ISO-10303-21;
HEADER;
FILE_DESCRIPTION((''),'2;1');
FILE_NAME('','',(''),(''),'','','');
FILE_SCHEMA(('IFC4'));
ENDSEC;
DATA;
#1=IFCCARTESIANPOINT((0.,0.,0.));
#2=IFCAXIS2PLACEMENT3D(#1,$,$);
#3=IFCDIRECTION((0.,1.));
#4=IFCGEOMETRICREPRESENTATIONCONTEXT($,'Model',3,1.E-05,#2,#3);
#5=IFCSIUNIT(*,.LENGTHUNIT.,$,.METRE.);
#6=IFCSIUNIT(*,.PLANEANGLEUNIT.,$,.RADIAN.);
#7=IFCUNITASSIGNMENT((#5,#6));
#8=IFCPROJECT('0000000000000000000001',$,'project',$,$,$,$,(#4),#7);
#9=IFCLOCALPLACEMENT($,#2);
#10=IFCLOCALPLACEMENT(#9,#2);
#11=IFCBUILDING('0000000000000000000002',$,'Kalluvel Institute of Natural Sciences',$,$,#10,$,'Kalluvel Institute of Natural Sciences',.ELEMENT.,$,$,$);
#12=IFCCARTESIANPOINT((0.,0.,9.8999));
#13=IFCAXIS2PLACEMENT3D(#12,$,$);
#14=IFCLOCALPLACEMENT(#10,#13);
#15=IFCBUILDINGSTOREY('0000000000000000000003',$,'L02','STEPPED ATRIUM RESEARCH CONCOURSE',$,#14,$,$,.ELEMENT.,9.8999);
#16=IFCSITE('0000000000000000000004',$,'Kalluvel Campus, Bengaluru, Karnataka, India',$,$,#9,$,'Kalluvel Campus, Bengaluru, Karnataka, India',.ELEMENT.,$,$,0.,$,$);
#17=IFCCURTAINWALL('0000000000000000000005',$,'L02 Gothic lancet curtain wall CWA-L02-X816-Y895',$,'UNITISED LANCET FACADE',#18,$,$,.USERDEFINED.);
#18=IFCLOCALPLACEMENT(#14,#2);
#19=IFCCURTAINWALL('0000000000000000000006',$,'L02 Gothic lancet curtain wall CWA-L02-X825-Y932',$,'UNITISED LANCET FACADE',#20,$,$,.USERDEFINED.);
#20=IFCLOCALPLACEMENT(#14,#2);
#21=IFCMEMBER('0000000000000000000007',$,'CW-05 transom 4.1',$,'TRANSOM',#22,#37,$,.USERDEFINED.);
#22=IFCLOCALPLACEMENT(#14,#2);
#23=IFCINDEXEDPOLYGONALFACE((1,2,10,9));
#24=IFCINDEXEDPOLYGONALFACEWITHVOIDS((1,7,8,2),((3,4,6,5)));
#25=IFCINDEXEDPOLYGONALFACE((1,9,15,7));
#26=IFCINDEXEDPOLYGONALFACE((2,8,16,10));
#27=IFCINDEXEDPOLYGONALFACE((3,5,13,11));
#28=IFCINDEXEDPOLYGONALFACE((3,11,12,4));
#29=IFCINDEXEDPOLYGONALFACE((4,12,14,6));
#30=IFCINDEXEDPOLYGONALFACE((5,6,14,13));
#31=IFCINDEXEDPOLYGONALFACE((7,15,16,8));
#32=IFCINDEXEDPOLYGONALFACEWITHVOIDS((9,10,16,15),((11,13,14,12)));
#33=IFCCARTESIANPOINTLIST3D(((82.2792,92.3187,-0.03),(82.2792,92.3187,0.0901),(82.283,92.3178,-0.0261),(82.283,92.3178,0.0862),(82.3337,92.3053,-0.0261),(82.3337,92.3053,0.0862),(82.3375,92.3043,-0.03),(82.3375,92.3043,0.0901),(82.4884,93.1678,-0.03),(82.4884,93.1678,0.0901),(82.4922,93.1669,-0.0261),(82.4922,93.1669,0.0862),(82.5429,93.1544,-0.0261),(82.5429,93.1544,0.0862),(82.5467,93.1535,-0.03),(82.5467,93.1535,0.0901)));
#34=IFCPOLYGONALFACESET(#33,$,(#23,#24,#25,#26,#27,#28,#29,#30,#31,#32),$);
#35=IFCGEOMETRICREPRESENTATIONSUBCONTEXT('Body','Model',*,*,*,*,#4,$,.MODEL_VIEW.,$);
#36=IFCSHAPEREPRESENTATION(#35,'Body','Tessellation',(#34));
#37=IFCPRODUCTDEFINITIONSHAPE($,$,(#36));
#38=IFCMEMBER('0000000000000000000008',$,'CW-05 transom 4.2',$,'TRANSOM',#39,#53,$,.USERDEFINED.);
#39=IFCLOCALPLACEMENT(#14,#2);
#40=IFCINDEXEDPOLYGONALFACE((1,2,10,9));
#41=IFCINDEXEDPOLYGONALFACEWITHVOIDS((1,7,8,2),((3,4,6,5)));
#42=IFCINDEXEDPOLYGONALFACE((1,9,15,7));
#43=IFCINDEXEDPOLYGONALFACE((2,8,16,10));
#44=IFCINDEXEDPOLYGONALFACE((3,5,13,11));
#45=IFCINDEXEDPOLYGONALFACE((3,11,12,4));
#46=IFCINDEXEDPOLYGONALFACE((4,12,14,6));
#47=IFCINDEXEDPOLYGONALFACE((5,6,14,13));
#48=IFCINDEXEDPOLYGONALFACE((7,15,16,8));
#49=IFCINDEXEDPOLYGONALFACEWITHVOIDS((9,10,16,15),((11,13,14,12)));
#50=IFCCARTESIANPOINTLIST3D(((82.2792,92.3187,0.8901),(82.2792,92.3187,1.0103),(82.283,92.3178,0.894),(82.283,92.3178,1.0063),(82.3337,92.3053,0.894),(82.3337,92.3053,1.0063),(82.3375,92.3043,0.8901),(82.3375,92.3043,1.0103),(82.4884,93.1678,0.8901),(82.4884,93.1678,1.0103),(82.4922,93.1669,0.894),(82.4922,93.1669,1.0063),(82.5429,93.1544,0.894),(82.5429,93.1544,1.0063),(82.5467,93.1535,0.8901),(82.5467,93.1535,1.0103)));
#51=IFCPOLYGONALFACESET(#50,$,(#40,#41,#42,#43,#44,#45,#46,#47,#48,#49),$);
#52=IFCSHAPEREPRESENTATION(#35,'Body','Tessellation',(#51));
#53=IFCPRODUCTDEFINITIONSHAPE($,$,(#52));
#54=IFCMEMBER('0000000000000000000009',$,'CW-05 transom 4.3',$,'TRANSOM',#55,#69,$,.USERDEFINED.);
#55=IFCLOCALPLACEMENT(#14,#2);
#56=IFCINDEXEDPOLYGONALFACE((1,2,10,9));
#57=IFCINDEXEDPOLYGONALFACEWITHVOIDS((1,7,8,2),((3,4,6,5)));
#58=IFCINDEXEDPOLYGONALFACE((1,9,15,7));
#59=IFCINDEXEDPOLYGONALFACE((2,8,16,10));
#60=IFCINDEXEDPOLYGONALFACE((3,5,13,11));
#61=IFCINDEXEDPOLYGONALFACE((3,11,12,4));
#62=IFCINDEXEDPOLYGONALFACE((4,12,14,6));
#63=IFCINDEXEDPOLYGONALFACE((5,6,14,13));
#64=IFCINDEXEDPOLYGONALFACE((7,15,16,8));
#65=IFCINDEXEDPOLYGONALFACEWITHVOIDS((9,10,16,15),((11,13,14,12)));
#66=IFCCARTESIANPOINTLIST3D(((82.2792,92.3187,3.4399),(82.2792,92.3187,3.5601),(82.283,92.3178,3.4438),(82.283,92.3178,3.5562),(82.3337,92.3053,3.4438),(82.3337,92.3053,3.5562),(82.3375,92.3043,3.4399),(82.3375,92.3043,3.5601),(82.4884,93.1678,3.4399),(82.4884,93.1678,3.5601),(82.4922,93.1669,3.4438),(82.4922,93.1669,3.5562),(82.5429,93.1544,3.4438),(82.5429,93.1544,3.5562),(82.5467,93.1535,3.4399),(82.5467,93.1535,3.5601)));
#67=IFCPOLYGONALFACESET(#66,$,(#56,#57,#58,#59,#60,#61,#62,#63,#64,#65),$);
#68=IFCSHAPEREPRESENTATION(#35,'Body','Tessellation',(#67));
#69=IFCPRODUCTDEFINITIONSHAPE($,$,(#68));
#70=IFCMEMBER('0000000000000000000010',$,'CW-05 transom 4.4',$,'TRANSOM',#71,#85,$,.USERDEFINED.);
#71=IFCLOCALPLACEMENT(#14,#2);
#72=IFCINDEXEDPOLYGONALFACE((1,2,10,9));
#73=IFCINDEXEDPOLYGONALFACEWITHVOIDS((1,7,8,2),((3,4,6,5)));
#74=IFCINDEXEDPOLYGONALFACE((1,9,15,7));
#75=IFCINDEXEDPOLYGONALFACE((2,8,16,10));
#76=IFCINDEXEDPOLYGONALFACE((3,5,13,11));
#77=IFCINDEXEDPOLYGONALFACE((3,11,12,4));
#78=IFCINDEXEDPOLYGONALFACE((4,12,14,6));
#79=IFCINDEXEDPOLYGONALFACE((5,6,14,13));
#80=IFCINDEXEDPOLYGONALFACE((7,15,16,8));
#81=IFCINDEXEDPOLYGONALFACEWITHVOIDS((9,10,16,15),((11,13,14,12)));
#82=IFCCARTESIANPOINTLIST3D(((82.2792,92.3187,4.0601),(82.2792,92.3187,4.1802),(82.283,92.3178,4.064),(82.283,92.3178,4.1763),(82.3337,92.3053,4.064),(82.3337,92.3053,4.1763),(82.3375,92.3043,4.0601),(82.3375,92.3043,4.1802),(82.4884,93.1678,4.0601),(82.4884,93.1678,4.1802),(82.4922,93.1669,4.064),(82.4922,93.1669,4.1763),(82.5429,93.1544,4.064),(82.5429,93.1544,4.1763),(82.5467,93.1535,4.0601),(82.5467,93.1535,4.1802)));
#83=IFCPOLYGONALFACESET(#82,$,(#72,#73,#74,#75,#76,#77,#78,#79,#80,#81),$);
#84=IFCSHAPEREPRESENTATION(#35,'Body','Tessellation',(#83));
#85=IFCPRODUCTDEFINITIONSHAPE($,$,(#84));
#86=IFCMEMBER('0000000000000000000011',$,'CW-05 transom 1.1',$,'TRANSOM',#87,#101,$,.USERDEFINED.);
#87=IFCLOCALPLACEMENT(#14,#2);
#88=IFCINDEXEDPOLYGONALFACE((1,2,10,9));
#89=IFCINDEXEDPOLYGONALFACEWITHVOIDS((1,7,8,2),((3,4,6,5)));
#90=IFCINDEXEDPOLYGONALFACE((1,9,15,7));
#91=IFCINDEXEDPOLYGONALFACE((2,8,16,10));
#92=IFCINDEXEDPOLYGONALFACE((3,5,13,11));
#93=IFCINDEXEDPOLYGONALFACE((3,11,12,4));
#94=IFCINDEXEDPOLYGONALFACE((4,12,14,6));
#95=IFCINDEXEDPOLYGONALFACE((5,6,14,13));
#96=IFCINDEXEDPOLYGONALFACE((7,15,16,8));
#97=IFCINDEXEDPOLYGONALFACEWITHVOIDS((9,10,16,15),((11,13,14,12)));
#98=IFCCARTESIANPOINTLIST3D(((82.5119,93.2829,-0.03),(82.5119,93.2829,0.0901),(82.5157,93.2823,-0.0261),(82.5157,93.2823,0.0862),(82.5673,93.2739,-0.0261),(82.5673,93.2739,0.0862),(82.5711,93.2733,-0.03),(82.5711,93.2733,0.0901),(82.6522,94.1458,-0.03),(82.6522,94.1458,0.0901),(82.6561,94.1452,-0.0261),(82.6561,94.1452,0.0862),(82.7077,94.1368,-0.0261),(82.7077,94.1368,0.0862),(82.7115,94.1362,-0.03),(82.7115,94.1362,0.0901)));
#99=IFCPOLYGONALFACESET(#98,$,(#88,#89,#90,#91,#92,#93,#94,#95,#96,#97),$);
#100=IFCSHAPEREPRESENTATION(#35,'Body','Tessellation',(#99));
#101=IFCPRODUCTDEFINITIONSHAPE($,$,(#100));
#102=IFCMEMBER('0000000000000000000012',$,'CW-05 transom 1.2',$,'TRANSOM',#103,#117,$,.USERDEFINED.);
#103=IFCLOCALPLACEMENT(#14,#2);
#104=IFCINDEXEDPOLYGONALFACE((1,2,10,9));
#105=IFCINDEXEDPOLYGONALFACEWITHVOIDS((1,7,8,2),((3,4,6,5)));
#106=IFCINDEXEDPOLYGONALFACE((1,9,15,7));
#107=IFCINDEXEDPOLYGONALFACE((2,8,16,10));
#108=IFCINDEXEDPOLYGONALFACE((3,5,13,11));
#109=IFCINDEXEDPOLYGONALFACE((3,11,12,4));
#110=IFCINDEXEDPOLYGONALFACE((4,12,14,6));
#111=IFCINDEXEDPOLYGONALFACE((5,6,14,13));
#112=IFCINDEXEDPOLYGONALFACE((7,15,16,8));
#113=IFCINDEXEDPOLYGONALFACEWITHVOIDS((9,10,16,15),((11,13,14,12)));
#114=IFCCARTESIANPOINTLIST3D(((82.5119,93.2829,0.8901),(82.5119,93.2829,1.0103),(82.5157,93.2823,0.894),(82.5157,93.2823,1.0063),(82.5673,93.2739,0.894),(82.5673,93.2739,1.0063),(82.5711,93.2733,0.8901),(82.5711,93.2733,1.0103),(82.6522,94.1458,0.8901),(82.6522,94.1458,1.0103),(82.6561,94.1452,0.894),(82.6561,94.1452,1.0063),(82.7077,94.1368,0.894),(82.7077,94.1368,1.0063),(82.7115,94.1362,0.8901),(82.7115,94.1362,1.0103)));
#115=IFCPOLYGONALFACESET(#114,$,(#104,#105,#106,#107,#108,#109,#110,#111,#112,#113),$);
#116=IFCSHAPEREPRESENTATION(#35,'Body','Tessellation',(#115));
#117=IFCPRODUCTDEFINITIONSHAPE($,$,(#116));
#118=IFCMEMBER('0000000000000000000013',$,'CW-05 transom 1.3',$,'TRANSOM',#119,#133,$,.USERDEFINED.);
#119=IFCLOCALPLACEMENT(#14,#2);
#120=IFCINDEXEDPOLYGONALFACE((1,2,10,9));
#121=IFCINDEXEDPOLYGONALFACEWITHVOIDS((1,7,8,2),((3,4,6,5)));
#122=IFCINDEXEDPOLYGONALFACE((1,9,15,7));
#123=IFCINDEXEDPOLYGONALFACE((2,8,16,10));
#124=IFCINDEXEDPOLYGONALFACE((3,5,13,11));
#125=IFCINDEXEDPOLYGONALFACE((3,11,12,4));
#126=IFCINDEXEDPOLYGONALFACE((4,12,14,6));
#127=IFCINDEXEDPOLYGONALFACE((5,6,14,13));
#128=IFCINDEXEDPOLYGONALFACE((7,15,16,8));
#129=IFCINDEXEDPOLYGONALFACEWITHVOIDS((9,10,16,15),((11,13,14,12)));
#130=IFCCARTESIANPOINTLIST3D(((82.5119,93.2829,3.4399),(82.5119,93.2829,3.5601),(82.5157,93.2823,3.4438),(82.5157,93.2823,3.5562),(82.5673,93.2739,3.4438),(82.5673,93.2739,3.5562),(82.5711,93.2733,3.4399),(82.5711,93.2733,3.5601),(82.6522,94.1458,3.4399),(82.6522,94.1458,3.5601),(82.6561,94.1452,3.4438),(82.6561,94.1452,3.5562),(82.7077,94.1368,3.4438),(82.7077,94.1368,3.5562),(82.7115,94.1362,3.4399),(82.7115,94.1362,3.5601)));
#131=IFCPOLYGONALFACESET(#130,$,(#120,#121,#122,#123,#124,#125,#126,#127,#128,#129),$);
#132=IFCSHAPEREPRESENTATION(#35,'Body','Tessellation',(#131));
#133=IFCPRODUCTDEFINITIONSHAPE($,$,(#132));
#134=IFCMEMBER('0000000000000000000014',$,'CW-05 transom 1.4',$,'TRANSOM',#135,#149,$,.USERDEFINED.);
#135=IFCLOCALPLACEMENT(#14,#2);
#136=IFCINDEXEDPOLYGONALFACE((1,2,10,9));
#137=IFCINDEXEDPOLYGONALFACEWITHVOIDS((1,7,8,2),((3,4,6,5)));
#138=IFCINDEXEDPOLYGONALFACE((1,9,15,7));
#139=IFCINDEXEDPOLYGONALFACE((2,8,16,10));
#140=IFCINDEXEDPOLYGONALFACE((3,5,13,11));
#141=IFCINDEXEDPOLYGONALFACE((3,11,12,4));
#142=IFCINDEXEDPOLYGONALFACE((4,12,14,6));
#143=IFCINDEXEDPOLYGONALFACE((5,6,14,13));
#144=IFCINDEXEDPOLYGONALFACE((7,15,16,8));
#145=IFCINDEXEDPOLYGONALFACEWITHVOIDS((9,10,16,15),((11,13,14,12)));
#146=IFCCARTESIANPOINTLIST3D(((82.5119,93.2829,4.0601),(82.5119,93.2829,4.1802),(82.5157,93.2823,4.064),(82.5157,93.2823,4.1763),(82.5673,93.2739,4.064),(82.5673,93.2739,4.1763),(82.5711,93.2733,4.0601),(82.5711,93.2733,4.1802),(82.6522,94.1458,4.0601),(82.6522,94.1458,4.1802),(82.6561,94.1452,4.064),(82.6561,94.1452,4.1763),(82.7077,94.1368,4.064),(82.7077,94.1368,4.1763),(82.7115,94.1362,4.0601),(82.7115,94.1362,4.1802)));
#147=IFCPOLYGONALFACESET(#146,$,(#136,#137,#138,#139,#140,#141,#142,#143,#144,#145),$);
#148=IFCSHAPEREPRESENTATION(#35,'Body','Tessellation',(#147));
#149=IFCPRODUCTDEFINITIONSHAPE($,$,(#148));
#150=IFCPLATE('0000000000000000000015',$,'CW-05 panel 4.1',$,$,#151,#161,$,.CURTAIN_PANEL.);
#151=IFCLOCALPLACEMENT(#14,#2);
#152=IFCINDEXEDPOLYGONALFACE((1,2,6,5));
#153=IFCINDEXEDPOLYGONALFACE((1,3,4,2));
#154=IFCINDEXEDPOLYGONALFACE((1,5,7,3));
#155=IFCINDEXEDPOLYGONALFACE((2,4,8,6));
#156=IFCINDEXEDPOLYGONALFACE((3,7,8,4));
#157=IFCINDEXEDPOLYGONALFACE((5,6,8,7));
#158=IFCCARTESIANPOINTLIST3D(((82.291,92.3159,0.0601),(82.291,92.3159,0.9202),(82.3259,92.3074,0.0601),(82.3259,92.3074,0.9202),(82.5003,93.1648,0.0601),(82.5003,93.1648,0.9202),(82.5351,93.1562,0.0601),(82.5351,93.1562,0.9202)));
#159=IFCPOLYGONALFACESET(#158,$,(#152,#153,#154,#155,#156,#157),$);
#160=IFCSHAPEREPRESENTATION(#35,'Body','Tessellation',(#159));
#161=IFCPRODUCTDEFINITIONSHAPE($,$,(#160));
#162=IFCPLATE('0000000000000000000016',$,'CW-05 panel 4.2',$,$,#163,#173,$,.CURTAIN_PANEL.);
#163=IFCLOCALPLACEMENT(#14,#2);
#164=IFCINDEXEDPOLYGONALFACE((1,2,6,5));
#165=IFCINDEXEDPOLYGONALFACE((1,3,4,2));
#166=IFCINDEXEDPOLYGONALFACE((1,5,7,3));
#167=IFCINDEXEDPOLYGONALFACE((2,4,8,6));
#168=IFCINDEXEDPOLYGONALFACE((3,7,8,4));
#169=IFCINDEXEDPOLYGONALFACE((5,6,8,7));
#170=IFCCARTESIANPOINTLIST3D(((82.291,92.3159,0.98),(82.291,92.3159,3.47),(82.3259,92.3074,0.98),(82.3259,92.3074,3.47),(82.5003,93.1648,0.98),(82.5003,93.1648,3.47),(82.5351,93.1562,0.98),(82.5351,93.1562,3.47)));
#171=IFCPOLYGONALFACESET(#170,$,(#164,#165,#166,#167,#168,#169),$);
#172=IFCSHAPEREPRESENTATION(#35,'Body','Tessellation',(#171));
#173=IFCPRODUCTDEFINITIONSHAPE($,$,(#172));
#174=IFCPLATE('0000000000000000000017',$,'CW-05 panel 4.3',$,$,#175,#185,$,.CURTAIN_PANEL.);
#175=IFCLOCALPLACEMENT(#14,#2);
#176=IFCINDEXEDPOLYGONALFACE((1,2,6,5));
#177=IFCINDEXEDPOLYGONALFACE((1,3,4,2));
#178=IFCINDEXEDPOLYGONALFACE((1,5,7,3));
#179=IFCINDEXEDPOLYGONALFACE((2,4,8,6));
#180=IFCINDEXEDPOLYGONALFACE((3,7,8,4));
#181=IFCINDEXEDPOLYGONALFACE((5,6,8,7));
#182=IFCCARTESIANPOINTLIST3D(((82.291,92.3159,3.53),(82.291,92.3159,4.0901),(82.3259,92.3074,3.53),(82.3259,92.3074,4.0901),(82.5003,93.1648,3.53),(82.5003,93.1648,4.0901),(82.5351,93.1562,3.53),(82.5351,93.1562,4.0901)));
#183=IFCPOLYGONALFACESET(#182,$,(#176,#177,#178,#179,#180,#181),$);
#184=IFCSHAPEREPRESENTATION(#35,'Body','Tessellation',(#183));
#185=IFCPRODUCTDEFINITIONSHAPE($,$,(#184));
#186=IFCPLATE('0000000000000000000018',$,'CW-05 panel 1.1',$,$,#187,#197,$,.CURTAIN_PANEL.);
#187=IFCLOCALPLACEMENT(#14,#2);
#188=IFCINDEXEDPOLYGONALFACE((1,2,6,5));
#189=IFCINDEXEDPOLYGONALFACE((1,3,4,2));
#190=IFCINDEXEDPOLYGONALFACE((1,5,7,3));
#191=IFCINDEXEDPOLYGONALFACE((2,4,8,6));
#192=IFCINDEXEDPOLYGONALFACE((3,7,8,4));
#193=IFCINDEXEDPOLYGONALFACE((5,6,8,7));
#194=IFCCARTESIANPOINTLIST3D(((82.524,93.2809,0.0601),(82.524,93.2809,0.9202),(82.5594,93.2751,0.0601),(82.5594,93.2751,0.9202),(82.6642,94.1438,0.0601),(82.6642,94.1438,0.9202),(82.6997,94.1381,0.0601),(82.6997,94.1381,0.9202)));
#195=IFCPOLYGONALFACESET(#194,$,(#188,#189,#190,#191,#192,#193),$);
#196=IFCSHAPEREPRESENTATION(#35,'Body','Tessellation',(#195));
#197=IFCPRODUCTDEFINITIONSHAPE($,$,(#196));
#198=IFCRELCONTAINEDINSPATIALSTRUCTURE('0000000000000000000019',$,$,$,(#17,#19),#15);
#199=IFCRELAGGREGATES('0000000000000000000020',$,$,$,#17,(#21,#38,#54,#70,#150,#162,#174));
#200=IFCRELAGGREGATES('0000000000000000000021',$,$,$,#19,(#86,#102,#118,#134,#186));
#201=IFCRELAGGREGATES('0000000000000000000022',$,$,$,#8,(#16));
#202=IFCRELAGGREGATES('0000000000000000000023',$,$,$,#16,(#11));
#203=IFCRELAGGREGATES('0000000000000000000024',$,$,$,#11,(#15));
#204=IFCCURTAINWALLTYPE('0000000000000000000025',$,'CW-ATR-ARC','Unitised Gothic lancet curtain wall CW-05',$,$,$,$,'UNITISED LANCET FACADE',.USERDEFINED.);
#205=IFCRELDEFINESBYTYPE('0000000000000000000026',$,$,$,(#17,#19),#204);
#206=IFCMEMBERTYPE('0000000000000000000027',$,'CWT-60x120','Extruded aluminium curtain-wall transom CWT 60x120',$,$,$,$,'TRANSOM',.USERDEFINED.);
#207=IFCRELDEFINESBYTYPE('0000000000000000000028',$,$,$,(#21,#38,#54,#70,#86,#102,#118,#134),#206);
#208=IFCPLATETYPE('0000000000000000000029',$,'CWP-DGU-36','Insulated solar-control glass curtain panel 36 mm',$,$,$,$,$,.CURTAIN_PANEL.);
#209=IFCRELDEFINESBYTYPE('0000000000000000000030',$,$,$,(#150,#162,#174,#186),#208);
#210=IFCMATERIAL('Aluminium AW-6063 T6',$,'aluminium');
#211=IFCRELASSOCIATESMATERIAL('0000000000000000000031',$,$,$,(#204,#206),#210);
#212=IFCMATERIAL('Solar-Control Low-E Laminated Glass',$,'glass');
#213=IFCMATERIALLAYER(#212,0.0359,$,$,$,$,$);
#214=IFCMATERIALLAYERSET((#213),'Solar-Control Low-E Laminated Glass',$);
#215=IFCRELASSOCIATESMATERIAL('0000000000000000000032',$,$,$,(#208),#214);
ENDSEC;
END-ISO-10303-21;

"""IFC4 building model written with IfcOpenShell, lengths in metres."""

from ifc_helpers import new_model, si_unit, direction, frame, origin, origin_2d, place, context, subcontext, project, spatial, rectangle, hollow_rectangle, extrude, material, layer, layer_set, material_profile, profile_set, type_object, element, aggregate, save


model = new_model("IFC4")

# Units and contexts
model_context = context("Model", 3, precision=1e-05, world=origin(), true_north=direction((0.0, 1.0)))
body_context = subcontext(model_context, "Body", "Model", "MODEL_VIEW")
ifc_project = project(units=[si_unit("LENGTHUNIT", "METRE"), si_unit("PLANEANGLEUNIT", "RADIAN")], contexts=[model_context])

# Site, building, storey
site_placement = place(None, origin())
site = spatial("IfcSite", under=ifc_project, at=site_placement, Name="Kalluvel Campus, Bengaluru, Karnataka, India", LongName="Kalluvel Campus, Bengaluru, Karnataka, India", CompositionType="ELEMENT", RefElevation=0.0)
building_placement = place(site_placement, origin())
building = spatial("IfcBuilding", under=site, at=building_placement, Name="Kalluvel Institute of Natural Sciences", LongName="Kalluvel Institute of Natural Sciences", CompositionType="ELEMENT")
storey_placement = place(building_placement, frame((0.0, 0.0, 9.8999)))
storey = spatial("IfcBuildingStorey", under=building, at=storey_placement, Name="L02", Description="STEPPED ATRIUM RESEARCH CONCOURSE", CompositionType="ELEMENT", Elevation=9.8999)

# Curtain wall
ifc_material_1 = material(Name="Aluminium AW-6063 T6", Category="aluminium")
curtain_wall_type = type_object("IfcCurtainWallType", Name="CW-ATR-ARC", Description="Unitised Gothic lancet curtain wall CW-05", ElementType="UNITISED LANCET FACADE", PredefinedType="USERDEFINED", material=ifc_material_1)
curtain_wall_1_placement = place(storey_placement, origin())
curtain_wall_1 = element("IfcCurtainWall", 1, at=curtain_wall_1_placement, inside=storey, type_object=curtain_wall_type, Name="L02 Gothic lancet curtain wall CWA-L02-X816-Y895", ObjectType="UNITISED LANCET FACADE", PredefinedType="USERDEFINED")

# Curtain wall
curtain_wall_2_placement = place(storey_placement, origin())
curtain_wall_2 = element("IfcCurtainWall", 2, at=curtain_wall_2_placement, inside=storey, type_object=curtain_wall_type, Name="L02 Gothic lancet curtain wall CWA-L02-X825-Y932", ObjectType="UNITISED LANCET FACADE", PredefinedType="USERDEFINED")

# Members
ifc_material_profile_1 = material_profile(ifc_material_1, hollow_rectangle(XDim=0.0601, YDim=0.1201, WallThickness=0.0039, at=origin_2d()), Name="CWT 60x120")
ifc_profile_set_1 = profile_set([ifc_material_profile_1], Name="Aluminium AW-6063 T6")
member_type_1 = type_object("IfcMemberType", Name="CWT-60x120", Description="Extruded aluminium curtain-wall transom CWT 60x120", ElementType="TRANSOM", PredefinedType="USERDEFINED", material=ifc_profile_set_1)
member_1_placement = place(storey_placement, frame((82.3083, 92.3115, 0.03), z_axis=(0.23925, 0.970958, 0.0), x_axis=(-0.970958, 0.23925, 0.0)))
member_1 = element("IfcMember", 3, at=member_1_placement, type_object=member_type_1, Name="CW-05 transom 4.1", ObjectType="TRANSOM", PredefinedType="USERDEFINED", context=body_context, shape_type="SweptSolid", body=[
    extrude(hollow_rectangle(XDim=0.0601, YDim=0.1201, WallThickness=0.0039, at=origin_2d()), origin(), (0.0, 0.0, 1.0), 0.8745),
])
member_2_placement = place(storey_placement, frame((82.3083, 92.3115, 0.9502), z_axis=(0.23925, 0.970958, 0.0), x_axis=(-0.970958, 0.23925, 0.0)))
member_2 = element("IfcMember", 4, at=member_2_placement, type_object=member_type_1, Name="CW-05 transom 4.2", ObjectType="TRANSOM", PredefinedType="USERDEFINED", context=body_context, shape_type="SweptSolid", body=[
    extrude(hollow_rectangle(XDim=0.0601, YDim=0.1201, WallThickness=0.0039, at=origin_2d()), origin(), (0.0, 0.0, 1.0), 0.8745),
])
member_3_placement = place(storey_placement, frame((82.3083, 92.3115, 3.5), z_axis=(0.23925, 0.970958, 0.0), x_axis=(-0.970958, 0.23925, 0.0)))
member_3 = element("IfcMember", 5, at=member_3_placement, type_object=member_type_1, Name="CW-05 transom 4.3", ObjectType="TRANSOM", PredefinedType="USERDEFINED", context=body_context, shape_type="SweptSolid", body=[
    extrude(hollow_rectangle(XDim=0.0601, YDim=0.1201, WallThickness=0.0039, at=origin_2d()), origin(), (0.0, 0.0, 1.0), 0.8745),
])
member_4_placement = place(storey_placement, frame((82.3083, 92.3115, 4.1201), z_axis=(0.23925, 0.970958, 0.0), x_axis=(-0.970958, 0.23925, 0.0)))
member_4 = element("IfcMember", 6, at=member_4_placement, type_object=member_type_1, Name="CW-05 transom 4.4", ObjectType="TRANSOM", PredefinedType="USERDEFINED", context=body_context, shape_type="SweptSolid", body=[
    extrude(hollow_rectangle(XDim=0.0601, YDim=0.1201, WallThickness=0.0039, at=origin_2d()), origin(), (0.0, 0.0, 1.0), 0.8745),
])
member_5_placement = place(storey_placement, frame((82.5415, 93.2781, 0.03), z_axis=(0.160549, 0.987028, 0.0), x_axis=(-0.987028, 0.160549, 0.0)))
member_5 = element("IfcMember", 7, at=member_5_placement, type_object=member_type_1, Name="CW-05 transom 1.1", ObjectType="TRANSOM", PredefinedType="USERDEFINED", context=body_context, shape_type="SweptSolid", body=[
    extrude(hollow_rectangle(XDim=0.0601, YDim=0.1201, WallThickness=0.0039, at=origin_2d()), origin(), (0.0, 0.0, 1.0), 0.8743),
])
member_6_placement = place(storey_placement, frame((82.5415, 93.2781, 0.9502), z_axis=(0.160549, 0.987028, 0.0), x_axis=(-0.987028, 0.160549, 0.0)))
member_6 = element("IfcMember", 8, at=member_6_placement, type_object=member_type_1, Name="CW-05 transom 1.2", ObjectType="TRANSOM", PredefinedType="USERDEFINED", context=body_context, shape_type="SweptSolid", body=[
    extrude(hollow_rectangle(XDim=0.0601, YDim=0.1201, WallThickness=0.0039, at=origin_2d()), origin(), (0.0, 0.0, 1.0), 0.8743),
])
member_7_placement = place(storey_placement, frame((82.5415, 93.2781, 3.5), z_axis=(0.160549, 0.987028, 0.0), x_axis=(-0.987028, 0.160549, 0.0)))
member_7 = element("IfcMember", 9, at=member_7_placement, type_object=member_type_1, Name="CW-05 transom 1.3", ObjectType="TRANSOM", PredefinedType="USERDEFINED", context=body_context, shape_type="SweptSolid", body=[
    extrude(hollow_rectangle(XDim=0.0601, YDim=0.1201, WallThickness=0.0039, at=origin_2d()), origin(), (0.0, 0.0, 1.0), 0.8743),
])
member_8_placement = place(storey_placement, frame((82.5415, 93.2781, 4.1201), z_axis=(0.160549, 0.987028, 0.0), x_axis=(-0.987028, 0.160549, 0.0)))
member_8 = element("IfcMember", 10, at=member_8_placement, type_object=member_type_1, Name="CW-05 transom 1.4", ObjectType="TRANSOM", PredefinedType="USERDEFINED", context=body_context, shape_type="SweptSolid", body=[
    extrude(hollow_rectangle(XDim=0.0601, YDim=0.1201, WallThickness=0.0039, at=origin_2d()), origin(), (0.0, 0.0, 1.0), 0.8743),
])

# Plates
ifc_material_2 = material(Name="Solar-Control Low-E Laminated Glass", Category="glass")
ifc_layer_1 = layer(ifc_material_2, 0.0359)
ifc_layer_set_1 = layer_set([ifc_layer_1], Name="Solar-Control Low-E Laminated Glass")
plate_type = type_object("IfcPlateType", Name="CWP-DGU-36", Description="Insulated solar-control glass curtain panel 36 mm", PredefinedType="CURTAIN_PANEL", material=ifc_layer_set_1)
plate_1_placement = place(storey_placement, frame((82.4131, 92.7361, 0.0601), z_axis=(0.0, 0.0, 1.0), x_axis=(0.239326, 0.970939, 0.0)))
plate_1 = element("IfcPlate", 11, at=plate_1_placement, type_object=plate_type, Name="CW-05 panel 4.1", PredefinedType="CURTAIN_PANEL", context=body_context, shape_type="SweptSolid", body=[
    extrude(rectangle(XDim=0.8743, YDim=0.0359, at=origin_2d()), origin(), (0.0, 0.0, 1.0), 0.8601),
])
plate_2_placement = place(storey_placement, frame((82.4131, 92.7361, 0.98), z_axis=(0.0, 0.0, 1.0), x_axis=(0.239326, 0.970939, 0.0)))
plate_2 = element("IfcPlate", 12, at=plate_2_placement, type_object=plate_type, Name="CW-05 panel 4.2", PredefinedType="CURTAIN_PANEL", context=body_context, shape_type="SweptSolid", body=[
    extrude(rectangle(XDim=0.8743, YDim=0.0359, at=origin_2d()), origin(), (0.0, 0.0, 1.0), 2.49),
])
plate_3_placement = place(storey_placement, frame((82.4131, 92.7361, 3.53), z_axis=(0.0, 0.0, 1.0), x_axis=(0.239326, 0.970939, 0.0)))
plate_3 = element("IfcPlate", 13, at=plate_3_placement, type_object=plate_type, Name="CW-05 panel 4.3", PredefinedType="CURTAIN_PANEL", context=body_context, shape_type="SweptSolid", body=[
    extrude(rectangle(XDim=0.8743, YDim=0.0359, at=origin_2d()), origin(), (0.0, 0.0, 1.0), 0.5601),
])
aggregate(curtain_wall_1, [member_1, member_2, member_3, member_4, plate_1, plate_2, plate_3])
plate_4_placement = place(storey_placement, frame((82.6118, 93.7095, 0.0601), z_axis=(0.0, 0.0, 1.0), x_axis=(0.160417, 0.987049, 0.0)))
plate_4 = element("IfcPlate", 14, at=plate_4_placement, type_object=plate_type, Name="CW-05 panel 1.1", PredefinedType="CURTAIN_PANEL", context=body_context, shape_type="SweptSolid", body=[
    extrude(rectangle(XDim=0.8743, YDim=0.0359, at=origin_2d()), origin(), (0.0, 0.0, 1.0), 0.8601),
])
aggregate(curtain_wall_2, [member_5, member_6, member_7, member_8, plate_4])

save(model, "model.ifc")
